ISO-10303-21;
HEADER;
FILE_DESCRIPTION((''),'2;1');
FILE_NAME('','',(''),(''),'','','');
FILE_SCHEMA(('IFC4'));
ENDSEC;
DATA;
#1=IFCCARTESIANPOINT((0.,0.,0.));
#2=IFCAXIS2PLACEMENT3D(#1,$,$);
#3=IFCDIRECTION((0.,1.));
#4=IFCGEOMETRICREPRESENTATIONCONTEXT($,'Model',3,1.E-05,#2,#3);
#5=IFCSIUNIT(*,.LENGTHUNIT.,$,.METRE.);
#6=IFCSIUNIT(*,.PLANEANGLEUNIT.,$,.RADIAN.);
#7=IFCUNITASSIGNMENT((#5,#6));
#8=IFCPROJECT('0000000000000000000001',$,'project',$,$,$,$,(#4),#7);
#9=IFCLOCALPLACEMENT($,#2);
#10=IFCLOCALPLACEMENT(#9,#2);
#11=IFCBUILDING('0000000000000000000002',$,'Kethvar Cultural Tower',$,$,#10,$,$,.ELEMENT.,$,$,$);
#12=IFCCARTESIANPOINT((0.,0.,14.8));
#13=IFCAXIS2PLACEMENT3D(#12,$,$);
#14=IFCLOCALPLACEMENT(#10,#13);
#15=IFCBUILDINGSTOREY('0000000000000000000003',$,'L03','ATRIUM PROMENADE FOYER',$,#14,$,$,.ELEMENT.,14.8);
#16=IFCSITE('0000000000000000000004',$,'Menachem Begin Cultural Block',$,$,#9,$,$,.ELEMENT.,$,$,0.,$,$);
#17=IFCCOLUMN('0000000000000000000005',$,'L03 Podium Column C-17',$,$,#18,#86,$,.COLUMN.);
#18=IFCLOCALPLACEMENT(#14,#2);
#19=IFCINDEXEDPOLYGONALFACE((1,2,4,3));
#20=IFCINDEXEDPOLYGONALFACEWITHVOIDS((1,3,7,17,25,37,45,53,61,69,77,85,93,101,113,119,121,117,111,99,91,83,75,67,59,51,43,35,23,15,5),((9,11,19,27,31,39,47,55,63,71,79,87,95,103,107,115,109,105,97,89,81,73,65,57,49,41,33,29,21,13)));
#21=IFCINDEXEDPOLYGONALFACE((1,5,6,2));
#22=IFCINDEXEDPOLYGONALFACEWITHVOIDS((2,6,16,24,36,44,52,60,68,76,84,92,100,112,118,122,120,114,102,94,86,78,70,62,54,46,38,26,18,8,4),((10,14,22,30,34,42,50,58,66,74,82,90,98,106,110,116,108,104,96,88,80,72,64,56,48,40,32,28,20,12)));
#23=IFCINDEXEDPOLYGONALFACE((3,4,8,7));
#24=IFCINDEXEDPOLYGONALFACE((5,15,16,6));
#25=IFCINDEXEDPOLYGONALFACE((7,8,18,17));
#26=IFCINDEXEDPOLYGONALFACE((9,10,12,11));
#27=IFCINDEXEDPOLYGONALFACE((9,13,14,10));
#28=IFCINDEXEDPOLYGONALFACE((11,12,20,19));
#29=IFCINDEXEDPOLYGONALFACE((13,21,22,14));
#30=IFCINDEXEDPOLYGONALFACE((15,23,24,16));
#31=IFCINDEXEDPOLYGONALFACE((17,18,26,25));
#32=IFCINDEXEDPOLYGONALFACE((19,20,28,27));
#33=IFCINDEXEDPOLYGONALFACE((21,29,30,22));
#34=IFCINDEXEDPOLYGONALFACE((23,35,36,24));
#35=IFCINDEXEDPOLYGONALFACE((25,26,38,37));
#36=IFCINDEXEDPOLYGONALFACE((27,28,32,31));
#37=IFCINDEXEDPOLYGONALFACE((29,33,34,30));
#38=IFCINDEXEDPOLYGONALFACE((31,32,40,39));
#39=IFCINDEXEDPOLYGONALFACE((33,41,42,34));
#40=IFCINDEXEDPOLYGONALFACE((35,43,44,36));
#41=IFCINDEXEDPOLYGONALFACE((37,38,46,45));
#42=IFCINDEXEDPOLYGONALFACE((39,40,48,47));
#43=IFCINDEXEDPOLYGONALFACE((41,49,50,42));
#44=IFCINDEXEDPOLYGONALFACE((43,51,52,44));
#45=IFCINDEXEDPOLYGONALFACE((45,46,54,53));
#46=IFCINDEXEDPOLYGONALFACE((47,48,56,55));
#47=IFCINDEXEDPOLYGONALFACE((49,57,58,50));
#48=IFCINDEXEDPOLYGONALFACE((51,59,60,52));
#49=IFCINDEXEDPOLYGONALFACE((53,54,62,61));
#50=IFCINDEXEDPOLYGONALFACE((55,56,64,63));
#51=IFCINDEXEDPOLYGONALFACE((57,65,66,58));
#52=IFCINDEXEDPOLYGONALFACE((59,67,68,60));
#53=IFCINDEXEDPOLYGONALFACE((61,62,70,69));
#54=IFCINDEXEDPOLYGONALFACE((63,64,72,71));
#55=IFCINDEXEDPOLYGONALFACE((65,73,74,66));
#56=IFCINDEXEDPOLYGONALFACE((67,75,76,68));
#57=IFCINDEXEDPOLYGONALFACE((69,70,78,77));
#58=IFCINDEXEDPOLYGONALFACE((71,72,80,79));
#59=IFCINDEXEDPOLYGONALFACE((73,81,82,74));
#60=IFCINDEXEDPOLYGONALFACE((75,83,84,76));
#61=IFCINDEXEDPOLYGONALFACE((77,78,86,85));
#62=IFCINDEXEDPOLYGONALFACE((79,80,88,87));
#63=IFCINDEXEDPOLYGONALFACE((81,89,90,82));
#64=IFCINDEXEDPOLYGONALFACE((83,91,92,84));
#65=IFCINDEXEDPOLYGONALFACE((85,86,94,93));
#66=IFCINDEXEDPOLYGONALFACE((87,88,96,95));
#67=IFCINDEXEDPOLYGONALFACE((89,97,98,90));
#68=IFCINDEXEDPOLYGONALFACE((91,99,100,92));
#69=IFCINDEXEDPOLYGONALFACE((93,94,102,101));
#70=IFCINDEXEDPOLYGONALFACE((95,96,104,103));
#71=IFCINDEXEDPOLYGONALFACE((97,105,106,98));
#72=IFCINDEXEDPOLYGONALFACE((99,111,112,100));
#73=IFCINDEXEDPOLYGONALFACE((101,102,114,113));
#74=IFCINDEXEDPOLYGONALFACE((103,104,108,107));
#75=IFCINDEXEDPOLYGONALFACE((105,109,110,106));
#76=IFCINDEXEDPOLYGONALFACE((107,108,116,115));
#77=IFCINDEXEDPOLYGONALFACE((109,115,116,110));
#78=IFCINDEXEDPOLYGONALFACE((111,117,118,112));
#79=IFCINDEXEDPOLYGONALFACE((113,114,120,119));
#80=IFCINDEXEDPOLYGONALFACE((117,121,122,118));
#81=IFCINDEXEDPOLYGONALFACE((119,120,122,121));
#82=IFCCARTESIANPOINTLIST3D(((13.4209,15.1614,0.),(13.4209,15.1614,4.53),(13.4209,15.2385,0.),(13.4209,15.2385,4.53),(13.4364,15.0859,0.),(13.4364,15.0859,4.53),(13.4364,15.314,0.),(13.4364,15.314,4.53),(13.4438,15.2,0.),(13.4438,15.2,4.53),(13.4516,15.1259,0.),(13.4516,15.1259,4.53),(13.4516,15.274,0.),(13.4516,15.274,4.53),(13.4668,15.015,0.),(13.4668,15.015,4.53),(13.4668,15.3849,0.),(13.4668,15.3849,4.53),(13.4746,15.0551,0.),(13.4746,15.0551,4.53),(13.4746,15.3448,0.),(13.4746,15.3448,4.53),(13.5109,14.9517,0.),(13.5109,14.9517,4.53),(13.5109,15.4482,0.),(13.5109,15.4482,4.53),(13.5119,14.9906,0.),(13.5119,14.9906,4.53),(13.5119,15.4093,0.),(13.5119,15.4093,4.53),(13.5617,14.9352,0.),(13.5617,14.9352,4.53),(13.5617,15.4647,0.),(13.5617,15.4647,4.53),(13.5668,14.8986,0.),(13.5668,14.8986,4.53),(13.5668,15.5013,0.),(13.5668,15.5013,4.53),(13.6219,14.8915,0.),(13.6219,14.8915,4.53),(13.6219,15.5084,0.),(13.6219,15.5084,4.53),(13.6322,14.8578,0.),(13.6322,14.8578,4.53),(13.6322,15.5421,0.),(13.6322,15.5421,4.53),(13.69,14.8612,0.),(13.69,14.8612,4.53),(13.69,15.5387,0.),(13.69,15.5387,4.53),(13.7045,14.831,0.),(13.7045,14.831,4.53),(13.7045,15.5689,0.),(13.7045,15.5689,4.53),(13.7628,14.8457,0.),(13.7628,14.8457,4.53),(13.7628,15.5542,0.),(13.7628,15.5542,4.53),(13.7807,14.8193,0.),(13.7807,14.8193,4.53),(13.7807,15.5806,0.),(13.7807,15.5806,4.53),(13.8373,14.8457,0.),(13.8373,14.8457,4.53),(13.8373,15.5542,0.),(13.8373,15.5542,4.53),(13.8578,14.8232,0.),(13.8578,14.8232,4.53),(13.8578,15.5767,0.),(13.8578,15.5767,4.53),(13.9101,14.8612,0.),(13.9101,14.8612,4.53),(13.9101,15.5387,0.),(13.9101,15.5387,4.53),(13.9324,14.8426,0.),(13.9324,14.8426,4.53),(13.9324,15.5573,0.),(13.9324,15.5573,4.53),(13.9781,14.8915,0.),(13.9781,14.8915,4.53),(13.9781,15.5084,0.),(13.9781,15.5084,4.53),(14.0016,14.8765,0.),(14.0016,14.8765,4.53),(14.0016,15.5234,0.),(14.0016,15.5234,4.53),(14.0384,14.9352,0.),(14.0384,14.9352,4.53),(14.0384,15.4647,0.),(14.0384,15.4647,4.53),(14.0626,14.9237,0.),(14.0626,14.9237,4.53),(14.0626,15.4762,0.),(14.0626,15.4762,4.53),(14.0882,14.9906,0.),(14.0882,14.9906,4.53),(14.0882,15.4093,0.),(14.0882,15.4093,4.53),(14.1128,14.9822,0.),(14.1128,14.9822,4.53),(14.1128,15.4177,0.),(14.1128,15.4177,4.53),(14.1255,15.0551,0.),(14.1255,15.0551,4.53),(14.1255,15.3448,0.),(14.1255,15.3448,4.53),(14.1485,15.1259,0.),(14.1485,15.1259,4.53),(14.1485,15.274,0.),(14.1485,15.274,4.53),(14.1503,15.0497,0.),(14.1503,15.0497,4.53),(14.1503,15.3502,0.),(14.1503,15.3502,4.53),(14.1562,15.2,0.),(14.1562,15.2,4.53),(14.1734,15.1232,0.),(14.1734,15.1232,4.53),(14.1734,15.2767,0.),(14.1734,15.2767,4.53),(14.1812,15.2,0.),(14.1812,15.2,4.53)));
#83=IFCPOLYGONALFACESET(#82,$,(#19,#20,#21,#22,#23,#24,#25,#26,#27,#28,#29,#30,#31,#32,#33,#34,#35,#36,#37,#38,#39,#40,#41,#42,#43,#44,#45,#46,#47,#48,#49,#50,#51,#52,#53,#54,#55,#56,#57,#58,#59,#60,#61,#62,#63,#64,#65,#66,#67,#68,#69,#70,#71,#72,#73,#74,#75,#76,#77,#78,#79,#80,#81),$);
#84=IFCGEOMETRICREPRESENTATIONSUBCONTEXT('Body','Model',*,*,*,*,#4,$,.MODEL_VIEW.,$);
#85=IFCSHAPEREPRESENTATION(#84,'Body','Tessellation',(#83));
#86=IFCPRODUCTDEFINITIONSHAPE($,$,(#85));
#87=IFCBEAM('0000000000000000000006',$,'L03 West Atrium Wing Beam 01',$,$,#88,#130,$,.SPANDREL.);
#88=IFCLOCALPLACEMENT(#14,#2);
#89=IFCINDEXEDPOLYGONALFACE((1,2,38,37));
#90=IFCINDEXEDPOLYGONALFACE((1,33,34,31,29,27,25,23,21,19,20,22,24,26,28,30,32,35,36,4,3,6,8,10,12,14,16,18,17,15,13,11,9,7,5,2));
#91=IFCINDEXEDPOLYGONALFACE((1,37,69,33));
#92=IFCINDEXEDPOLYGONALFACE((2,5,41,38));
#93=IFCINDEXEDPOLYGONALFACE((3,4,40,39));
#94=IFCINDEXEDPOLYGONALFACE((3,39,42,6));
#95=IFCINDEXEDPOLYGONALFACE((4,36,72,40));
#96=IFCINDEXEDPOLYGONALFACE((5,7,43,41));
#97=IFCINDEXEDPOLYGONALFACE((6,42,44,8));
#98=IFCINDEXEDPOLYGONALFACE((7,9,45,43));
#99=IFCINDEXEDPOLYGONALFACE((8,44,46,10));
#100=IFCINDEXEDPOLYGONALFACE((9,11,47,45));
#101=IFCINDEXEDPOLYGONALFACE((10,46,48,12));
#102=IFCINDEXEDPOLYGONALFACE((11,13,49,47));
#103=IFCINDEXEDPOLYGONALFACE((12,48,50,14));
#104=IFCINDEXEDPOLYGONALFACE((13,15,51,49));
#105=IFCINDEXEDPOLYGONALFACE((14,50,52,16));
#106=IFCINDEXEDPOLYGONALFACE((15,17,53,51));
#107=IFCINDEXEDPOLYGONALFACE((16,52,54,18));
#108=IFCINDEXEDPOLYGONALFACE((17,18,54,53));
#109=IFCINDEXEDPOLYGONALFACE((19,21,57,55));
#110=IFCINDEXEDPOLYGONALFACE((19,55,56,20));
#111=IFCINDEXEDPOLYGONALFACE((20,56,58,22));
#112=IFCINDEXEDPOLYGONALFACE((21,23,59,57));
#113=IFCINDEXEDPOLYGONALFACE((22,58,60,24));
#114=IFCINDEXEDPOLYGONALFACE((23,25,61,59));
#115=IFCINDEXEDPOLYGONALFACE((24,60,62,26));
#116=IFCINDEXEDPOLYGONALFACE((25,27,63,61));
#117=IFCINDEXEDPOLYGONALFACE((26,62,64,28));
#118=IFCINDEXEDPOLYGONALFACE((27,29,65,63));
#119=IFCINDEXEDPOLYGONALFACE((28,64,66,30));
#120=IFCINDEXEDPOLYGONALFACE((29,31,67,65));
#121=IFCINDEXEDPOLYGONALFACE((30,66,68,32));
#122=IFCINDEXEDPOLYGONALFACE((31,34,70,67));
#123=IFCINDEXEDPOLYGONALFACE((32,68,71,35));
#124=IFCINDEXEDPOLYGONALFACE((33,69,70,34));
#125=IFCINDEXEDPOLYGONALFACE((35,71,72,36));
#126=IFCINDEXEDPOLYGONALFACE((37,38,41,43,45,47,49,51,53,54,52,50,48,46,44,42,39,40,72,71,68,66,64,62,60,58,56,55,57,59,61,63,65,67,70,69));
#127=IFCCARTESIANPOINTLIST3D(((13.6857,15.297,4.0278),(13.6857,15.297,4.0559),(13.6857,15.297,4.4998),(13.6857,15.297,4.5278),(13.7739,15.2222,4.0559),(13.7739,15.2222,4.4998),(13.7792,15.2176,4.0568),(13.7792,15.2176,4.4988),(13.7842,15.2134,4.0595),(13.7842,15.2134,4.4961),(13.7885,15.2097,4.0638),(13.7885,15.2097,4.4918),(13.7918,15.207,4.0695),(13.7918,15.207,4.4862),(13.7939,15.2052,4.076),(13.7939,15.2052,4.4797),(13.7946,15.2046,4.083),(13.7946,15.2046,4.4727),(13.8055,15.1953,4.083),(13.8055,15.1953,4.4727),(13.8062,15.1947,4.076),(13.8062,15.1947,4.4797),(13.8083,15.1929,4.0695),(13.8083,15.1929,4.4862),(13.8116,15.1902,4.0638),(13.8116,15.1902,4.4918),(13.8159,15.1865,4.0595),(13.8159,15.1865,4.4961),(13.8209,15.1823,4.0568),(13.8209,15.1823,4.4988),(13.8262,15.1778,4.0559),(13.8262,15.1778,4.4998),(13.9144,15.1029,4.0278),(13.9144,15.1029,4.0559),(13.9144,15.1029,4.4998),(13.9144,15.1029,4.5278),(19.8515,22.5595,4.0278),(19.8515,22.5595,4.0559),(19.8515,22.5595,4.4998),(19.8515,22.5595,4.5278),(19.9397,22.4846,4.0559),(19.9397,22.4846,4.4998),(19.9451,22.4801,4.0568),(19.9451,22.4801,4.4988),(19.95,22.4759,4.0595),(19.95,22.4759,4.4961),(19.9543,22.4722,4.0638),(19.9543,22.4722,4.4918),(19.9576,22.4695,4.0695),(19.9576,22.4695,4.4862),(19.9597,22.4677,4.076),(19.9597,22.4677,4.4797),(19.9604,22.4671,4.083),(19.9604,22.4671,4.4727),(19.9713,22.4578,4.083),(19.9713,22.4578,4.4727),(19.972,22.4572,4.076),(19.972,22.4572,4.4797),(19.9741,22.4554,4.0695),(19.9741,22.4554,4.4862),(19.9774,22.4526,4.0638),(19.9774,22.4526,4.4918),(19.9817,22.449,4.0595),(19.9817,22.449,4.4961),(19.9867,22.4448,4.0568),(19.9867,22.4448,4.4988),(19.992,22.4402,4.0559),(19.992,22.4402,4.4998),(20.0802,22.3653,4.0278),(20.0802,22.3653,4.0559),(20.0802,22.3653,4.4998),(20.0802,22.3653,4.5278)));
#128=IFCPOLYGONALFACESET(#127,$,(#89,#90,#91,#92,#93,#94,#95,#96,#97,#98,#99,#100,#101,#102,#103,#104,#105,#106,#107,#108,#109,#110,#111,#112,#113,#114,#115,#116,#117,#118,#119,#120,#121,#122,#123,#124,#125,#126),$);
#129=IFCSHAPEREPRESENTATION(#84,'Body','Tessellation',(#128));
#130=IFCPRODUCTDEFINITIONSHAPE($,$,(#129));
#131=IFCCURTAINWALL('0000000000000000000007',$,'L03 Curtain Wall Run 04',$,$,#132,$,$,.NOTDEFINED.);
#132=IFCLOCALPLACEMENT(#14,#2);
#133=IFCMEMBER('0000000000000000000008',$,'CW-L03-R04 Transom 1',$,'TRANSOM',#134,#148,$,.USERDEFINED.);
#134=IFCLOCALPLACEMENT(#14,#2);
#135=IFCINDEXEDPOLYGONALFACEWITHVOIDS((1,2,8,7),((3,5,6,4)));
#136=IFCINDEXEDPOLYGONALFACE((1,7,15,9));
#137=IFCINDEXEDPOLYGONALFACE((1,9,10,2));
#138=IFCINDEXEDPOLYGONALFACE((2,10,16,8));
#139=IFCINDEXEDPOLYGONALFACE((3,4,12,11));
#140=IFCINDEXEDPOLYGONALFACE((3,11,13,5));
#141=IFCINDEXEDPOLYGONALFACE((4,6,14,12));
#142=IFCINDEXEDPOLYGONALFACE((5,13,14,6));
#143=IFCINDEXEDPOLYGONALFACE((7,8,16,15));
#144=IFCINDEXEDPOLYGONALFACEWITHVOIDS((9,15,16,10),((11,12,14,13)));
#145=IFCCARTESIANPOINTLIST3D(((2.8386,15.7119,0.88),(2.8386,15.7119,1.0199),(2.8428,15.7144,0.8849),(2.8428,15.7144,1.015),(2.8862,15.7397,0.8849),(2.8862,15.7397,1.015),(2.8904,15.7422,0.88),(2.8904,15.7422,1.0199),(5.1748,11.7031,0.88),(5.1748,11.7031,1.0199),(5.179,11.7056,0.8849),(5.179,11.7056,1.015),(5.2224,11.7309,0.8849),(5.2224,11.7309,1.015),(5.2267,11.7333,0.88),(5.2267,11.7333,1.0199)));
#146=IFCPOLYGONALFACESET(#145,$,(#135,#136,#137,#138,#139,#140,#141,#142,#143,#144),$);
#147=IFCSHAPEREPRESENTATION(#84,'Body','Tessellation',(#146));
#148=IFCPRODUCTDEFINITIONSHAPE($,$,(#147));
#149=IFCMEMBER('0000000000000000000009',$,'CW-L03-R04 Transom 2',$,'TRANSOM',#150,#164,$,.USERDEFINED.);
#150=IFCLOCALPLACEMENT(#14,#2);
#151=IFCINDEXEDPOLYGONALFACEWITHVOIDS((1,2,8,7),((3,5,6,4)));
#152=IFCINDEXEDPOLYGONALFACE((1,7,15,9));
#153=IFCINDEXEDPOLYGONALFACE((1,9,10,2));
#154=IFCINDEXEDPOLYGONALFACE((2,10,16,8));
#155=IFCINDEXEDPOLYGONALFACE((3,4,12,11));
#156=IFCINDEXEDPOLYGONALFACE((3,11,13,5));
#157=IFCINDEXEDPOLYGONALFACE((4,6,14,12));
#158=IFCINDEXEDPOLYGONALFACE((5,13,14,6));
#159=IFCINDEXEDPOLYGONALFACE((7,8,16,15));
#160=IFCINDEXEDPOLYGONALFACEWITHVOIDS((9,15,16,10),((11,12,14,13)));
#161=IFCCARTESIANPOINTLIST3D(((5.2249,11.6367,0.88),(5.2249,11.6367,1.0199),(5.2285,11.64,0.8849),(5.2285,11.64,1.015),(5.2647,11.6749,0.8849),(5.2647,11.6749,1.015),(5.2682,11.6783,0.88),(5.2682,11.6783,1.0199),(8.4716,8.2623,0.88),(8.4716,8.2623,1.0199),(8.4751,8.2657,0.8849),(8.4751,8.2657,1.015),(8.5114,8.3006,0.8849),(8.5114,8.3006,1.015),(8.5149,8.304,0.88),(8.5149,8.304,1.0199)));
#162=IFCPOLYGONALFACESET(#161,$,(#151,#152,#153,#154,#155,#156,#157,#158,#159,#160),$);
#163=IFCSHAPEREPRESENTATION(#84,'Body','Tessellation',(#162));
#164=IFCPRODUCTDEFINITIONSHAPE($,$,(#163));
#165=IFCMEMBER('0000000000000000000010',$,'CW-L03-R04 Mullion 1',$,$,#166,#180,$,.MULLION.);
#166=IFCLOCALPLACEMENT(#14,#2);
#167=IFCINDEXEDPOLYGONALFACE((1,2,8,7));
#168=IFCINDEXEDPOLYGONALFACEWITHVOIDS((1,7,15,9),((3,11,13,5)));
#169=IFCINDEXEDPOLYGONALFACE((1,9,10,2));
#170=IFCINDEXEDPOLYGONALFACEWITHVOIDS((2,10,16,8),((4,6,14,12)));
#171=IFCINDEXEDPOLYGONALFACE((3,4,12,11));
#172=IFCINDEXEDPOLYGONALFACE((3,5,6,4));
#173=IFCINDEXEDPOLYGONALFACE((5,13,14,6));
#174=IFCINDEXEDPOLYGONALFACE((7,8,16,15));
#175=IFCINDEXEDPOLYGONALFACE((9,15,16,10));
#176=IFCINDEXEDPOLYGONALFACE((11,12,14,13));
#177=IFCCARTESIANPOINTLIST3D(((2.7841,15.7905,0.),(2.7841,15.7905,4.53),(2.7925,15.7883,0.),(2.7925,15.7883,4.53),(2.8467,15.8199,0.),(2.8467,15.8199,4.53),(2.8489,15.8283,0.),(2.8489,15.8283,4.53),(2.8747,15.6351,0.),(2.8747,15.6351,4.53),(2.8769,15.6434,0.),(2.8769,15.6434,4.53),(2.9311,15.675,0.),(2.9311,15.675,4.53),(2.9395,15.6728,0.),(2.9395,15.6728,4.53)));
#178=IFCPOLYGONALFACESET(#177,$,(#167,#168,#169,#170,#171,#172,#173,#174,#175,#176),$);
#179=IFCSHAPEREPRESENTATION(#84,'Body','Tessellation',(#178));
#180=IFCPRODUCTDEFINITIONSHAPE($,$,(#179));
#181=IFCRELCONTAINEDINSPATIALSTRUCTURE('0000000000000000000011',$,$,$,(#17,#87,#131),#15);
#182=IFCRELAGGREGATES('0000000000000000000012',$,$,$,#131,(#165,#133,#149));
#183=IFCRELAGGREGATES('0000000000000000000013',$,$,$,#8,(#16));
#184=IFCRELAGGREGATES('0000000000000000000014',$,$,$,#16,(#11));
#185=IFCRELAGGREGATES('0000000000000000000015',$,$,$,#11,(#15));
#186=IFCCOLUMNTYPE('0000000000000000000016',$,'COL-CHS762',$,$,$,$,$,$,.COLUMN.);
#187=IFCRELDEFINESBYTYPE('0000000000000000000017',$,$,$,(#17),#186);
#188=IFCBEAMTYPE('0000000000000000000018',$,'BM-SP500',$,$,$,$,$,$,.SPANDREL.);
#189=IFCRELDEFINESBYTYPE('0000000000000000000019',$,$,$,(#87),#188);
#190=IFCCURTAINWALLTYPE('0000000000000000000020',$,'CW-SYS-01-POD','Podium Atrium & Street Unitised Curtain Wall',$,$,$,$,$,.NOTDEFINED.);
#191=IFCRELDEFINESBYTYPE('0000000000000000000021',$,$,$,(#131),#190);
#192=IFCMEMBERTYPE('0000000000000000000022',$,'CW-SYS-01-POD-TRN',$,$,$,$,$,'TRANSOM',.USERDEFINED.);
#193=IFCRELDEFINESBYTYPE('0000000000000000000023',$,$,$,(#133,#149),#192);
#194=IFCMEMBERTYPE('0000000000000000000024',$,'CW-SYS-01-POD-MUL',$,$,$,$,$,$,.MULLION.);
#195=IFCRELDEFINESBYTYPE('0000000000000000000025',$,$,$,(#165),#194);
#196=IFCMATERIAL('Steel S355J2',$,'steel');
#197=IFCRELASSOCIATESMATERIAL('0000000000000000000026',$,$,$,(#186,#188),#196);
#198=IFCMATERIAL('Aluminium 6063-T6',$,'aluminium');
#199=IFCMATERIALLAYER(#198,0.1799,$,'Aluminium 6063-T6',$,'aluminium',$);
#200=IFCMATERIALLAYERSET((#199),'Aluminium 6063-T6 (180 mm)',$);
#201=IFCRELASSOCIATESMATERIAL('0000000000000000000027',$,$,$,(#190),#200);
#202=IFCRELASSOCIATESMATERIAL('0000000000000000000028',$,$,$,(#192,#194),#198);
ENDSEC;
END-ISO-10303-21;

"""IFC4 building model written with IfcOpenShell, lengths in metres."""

from ifc_helpers import new_model, si_unit, direction, frame, origin, origin_2d, place, context, subcontext, project, spatial, hollow_rectangle, hollow_circle, i_section, extrude, source, transform, mapped, material, layer, layer_set, material_profile, profile_set, type_object, element, aggregate, save


model = new_model("IFC4")

# Units and contexts
model_context = context("Model", 3, precision=1e-05, world=origin(), true_north=direction((0.0, 1.0)))
body_context = subcontext(model_context, "Body", "Model", "MODEL_VIEW")
ifc_project = project(units=[si_unit("LENGTHUNIT", "METRE"), si_unit("PLANEANGLEUNIT", "RADIAN")], contexts=[model_context])

# Site, building, storey
site_placement = place(None, origin())
site = spatial("IfcSite", under=ifc_project, at=site_placement, Name="Menachem Begin Cultural Block", CompositionType="ELEMENT", RefElevation=0.0)
building_placement = place(site_placement, origin())
building = spatial("IfcBuilding", under=site, at=building_placement, Name="Kethvar Cultural Tower", CompositionType="ELEMENT")
storey_placement = place(building_placement, frame((0.0, 0.0, 14.8)))
storey = spatial("IfcBuildingStorey", under=building, at=storey_placement, Name="L03", Description="ATRIUM PROMENADE FOYER", CompositionType="ELEMENT", Elevation=14.8)

# Column
ifc_material_1 = material(Name="Steel S355J2", Category="steel")
ifc_material_profile_1 = material_profile(ifc_material_1, hollow_circle(Radius=0.3811, WallThickness=0.0249, at=origin_2d()), Name="Steel S355J2 — CHS762x25")
ifc_profile_set_1 = profile_set([ifc_material_profile_1], Name="Steel S355J2 — CHS762x25")
column_type = type_object("IfcColumnType", Name="COL-CHS762", PredefinedType="COLUMN", material=ifc_profile_set_1)
shared_shape_1 = source(origin(), body_context, "Body", "SweptSolid", [
    extrude(hollow_circle(Radius=0.3811, WallThickness=0.0249, at=origin_2d()), origin(), (0.0, 0.0, 1.0), 4.53),
])
column_placement = place(storey_placement, frame((13.8, 15.2, 0.0), z_axis=(0.0, 0.0, 1.0), x_axis=(1.0, 0.0, 0.0)))
element("IfcColumn", 1, at=column_placement, inside=storey, type_object=column_type, Name="L03 Podium Column C-17", PredefinedType="COLUMN", context=body_context, shape_type="MappedRepresentation", body=[
    mapped(shared_shape_1, transform((0.0, 0.0, 0.0), scale=1.0)),
])

# Beam
ifc_material_profile_2 = material_profile(ifc_material_1, i_section(OverallWidth=0.3, OverallDepth=0.5, WebThickness=0.0144, FlangeThickness=0.0281, FilletRadius=0.0271, at=origin_2d()), Name="Steel S355J2 — HEB500")
ifc_profile_set_2 = profile_set([ifc_material_profile_2], Name="Steel S355J2 — HEB500")
beam_type = type_object("IfcBeamType", Name="BM-SP500", PredefinedType="SPANDREL", material=ifc_profile_set_2)
shared_shape_2 = source(origin(), body_context, "Body", "SweptSolid", [
    extrude(i_section(OverallWidth=0.3, OverallDepth=0.5, WebThickness=0.0144, FlangeThickness=0.0281, FilletRadius=0.0271, at=origin_2d()), origin(), (0.0, 0.0, 1.0), 9.5269),
])
beam_placement = place(storey_placement, frame((13.8, 15.2, 4.2778), z_axis=(0.647203, 0.762318, 0.0), x_axis=(-0.762318, 0.647203, 0.0)))
element("IfcBeam", 2, at=beam_placement, inside=storey, type_object=beam_type, Name="L03 West Atrium Wing Beam 01", PredefinedType="SPANDREL", context=body_context, shape_type="MappedRepresentation", body=[
    mapped(shared_shape_2, transform((0.0, 0.0, 0.0), scale=1.0)),
])

# Curtain wall, members
ifc_material_2 = material(Name="Aluminium 6063-T6", Category="aluminium")
ifc_layer_1 = layer(ifc_material_2, 0.1799, Name="Aluminium 6063-T6", Category="aluminium")
ifc_layer_set_1 = layer_set([ifc_layer_1], Name="Aluminium 6063-T6 (180 mm)")
curtain_wall_type = type_object("IfcCurtainWallType", Name="CW-SYS-01-POD", Description="Podium Atrium & Street Unitised Curtain Wall", PredefinedType="NOTDEFINED", material=ifc_layer_set_1)
curtain_wall_placement = place(storey_placement, origin())
curtain_wall = element("IfcCurtainWall", 3, at=curtain_wall_placement, inside=storey, type_object=curtain_wall_type, Name="L03 Curtain Wall Run 04", PredefinedType="NOTDEFINED")
ifc_material_profile_3 = material_profile(ifc_material_2, hollow_rectangle(XDim=0.0601, YDim=0.1399, WallThickness=0.0049, at=origin_2d()), Name="Aluminium 6063-T6 — RHS140x60x5")
ifc_profile_set_3 = profile_set([ifc_material_profile_3], Name="Aluminium 6063-T6 — RHS140x60x5")
member_type_1 = type_object("IfcMemberType", Name="CW-SYS-01-POD-TRN", ElementType="TRANSOM", PredefinedType="USERDEFINED", material=ifc_profile_set_3)
shared_shape_3 = source(origin(), body_context, "Body", "SweptSolid", [
    extrude(hollow_rectangle(XDim=0.0601, YDim=0.1399, WallThickness=0.0049, at=origin_2d()), origin(), (0.0, 0.0, 1.0), 4.6399),
])
member_1_placement = place(storey_placement, frame((2.8645, 15.7271, 0.95), z_axis=(0.503505, -0.863993, 0.0), x_axis=(0.863993, 0.503505, 0.0)))
member_1 = element("IfcMember", 4, at=member_1_placement, type_object=member_type_1, Name="CW-L03-R04 Transom 1", ObjectType="TRANSOM", PredefinedType="USERDEFINED", context=body_context, shape_type="MappedRepresentation", body=[
    mapped(shared_shape_3, transform((0.0, 0.0, 0.0), scale=1.0)),
])
shared_shape_4 = source(origin(), body_context, "Body", "SweptSolid", [
    extrude(hollow_rectangle(XDim=0.0601, YDim=0.1399, WallThickness=0.0049, at=origin_2d()), origin(), (0.0, 0.0, 1.0), 4.6826),
])
member_2_placement = place(storey_placement, frame((5.2466, 11.6575, 0.95), z_axis=(0.693341, -0.72061, 0.0), x_axis=(0.72061, 0.693341, 0.0)))
member_2 = element("IfcMember", 5, at=member_2_placement, type_object=member_type_1, Name="CW-L03-R04 Transom 2", ObjectType="TRANSOM", PredefinedType="USERDEFINED", context=body_context, shape_type="MappedRepresentation", body=[
    mapped(shared_shape_4, transform((0.0, 0.0, 0.0), scale=1.0)),
])
ifc_material_profile_4 = material_profile(ifc_material_2, hollow_rectangle(XDim=0.075, YDim=0.1799, WallThickness=0.0061, at=origin_2d()), Name="Aluminium 6063-T6 — RHS180x75x6")
ifc_profile_set_4 = profile_set([ifc_material_profile_4], Name="Aluminium 6063-T6 — RHS180x75x6")
member_type_2 = type_object("IfcMemberType", Name="CW-SYS-01-POD-MUL", PredefinedType="MULLION", material=ifc_profile_set_4)
shared_shape_5 = source(origin(), body_context, "Body", "SweptSolid", [
    extrude(hollow_rectangle(XDim=0.075, YDim=0.1799, WallThickness=0.0061, at=origin_2d()), origin(), (0.0, 0.0, 1.0), 4.53),
])
member_3_placement = place(storey_placement, frame((2.8618, 15.7317, 0.0), z_axis=(0.0, 0.0, 1.0), x_axis=(0.863985, 0.503518, 0.0)))
member_3 = element("IfcMember", 6, at=member_3_placement, type_object=member_type_2, Name="CW-L03-R04 Mullion 1", PredefinedType="MULLION", context=body_context, shape_type="MappedRepresentation", body=[
    mapped(shared_shape_5, transform((0.0, 0.0, 0.0), scale=1.0)),
])
aggregate(curtain_wall, [member_3, member_1, member_2])

save(model, "model.ifc")
